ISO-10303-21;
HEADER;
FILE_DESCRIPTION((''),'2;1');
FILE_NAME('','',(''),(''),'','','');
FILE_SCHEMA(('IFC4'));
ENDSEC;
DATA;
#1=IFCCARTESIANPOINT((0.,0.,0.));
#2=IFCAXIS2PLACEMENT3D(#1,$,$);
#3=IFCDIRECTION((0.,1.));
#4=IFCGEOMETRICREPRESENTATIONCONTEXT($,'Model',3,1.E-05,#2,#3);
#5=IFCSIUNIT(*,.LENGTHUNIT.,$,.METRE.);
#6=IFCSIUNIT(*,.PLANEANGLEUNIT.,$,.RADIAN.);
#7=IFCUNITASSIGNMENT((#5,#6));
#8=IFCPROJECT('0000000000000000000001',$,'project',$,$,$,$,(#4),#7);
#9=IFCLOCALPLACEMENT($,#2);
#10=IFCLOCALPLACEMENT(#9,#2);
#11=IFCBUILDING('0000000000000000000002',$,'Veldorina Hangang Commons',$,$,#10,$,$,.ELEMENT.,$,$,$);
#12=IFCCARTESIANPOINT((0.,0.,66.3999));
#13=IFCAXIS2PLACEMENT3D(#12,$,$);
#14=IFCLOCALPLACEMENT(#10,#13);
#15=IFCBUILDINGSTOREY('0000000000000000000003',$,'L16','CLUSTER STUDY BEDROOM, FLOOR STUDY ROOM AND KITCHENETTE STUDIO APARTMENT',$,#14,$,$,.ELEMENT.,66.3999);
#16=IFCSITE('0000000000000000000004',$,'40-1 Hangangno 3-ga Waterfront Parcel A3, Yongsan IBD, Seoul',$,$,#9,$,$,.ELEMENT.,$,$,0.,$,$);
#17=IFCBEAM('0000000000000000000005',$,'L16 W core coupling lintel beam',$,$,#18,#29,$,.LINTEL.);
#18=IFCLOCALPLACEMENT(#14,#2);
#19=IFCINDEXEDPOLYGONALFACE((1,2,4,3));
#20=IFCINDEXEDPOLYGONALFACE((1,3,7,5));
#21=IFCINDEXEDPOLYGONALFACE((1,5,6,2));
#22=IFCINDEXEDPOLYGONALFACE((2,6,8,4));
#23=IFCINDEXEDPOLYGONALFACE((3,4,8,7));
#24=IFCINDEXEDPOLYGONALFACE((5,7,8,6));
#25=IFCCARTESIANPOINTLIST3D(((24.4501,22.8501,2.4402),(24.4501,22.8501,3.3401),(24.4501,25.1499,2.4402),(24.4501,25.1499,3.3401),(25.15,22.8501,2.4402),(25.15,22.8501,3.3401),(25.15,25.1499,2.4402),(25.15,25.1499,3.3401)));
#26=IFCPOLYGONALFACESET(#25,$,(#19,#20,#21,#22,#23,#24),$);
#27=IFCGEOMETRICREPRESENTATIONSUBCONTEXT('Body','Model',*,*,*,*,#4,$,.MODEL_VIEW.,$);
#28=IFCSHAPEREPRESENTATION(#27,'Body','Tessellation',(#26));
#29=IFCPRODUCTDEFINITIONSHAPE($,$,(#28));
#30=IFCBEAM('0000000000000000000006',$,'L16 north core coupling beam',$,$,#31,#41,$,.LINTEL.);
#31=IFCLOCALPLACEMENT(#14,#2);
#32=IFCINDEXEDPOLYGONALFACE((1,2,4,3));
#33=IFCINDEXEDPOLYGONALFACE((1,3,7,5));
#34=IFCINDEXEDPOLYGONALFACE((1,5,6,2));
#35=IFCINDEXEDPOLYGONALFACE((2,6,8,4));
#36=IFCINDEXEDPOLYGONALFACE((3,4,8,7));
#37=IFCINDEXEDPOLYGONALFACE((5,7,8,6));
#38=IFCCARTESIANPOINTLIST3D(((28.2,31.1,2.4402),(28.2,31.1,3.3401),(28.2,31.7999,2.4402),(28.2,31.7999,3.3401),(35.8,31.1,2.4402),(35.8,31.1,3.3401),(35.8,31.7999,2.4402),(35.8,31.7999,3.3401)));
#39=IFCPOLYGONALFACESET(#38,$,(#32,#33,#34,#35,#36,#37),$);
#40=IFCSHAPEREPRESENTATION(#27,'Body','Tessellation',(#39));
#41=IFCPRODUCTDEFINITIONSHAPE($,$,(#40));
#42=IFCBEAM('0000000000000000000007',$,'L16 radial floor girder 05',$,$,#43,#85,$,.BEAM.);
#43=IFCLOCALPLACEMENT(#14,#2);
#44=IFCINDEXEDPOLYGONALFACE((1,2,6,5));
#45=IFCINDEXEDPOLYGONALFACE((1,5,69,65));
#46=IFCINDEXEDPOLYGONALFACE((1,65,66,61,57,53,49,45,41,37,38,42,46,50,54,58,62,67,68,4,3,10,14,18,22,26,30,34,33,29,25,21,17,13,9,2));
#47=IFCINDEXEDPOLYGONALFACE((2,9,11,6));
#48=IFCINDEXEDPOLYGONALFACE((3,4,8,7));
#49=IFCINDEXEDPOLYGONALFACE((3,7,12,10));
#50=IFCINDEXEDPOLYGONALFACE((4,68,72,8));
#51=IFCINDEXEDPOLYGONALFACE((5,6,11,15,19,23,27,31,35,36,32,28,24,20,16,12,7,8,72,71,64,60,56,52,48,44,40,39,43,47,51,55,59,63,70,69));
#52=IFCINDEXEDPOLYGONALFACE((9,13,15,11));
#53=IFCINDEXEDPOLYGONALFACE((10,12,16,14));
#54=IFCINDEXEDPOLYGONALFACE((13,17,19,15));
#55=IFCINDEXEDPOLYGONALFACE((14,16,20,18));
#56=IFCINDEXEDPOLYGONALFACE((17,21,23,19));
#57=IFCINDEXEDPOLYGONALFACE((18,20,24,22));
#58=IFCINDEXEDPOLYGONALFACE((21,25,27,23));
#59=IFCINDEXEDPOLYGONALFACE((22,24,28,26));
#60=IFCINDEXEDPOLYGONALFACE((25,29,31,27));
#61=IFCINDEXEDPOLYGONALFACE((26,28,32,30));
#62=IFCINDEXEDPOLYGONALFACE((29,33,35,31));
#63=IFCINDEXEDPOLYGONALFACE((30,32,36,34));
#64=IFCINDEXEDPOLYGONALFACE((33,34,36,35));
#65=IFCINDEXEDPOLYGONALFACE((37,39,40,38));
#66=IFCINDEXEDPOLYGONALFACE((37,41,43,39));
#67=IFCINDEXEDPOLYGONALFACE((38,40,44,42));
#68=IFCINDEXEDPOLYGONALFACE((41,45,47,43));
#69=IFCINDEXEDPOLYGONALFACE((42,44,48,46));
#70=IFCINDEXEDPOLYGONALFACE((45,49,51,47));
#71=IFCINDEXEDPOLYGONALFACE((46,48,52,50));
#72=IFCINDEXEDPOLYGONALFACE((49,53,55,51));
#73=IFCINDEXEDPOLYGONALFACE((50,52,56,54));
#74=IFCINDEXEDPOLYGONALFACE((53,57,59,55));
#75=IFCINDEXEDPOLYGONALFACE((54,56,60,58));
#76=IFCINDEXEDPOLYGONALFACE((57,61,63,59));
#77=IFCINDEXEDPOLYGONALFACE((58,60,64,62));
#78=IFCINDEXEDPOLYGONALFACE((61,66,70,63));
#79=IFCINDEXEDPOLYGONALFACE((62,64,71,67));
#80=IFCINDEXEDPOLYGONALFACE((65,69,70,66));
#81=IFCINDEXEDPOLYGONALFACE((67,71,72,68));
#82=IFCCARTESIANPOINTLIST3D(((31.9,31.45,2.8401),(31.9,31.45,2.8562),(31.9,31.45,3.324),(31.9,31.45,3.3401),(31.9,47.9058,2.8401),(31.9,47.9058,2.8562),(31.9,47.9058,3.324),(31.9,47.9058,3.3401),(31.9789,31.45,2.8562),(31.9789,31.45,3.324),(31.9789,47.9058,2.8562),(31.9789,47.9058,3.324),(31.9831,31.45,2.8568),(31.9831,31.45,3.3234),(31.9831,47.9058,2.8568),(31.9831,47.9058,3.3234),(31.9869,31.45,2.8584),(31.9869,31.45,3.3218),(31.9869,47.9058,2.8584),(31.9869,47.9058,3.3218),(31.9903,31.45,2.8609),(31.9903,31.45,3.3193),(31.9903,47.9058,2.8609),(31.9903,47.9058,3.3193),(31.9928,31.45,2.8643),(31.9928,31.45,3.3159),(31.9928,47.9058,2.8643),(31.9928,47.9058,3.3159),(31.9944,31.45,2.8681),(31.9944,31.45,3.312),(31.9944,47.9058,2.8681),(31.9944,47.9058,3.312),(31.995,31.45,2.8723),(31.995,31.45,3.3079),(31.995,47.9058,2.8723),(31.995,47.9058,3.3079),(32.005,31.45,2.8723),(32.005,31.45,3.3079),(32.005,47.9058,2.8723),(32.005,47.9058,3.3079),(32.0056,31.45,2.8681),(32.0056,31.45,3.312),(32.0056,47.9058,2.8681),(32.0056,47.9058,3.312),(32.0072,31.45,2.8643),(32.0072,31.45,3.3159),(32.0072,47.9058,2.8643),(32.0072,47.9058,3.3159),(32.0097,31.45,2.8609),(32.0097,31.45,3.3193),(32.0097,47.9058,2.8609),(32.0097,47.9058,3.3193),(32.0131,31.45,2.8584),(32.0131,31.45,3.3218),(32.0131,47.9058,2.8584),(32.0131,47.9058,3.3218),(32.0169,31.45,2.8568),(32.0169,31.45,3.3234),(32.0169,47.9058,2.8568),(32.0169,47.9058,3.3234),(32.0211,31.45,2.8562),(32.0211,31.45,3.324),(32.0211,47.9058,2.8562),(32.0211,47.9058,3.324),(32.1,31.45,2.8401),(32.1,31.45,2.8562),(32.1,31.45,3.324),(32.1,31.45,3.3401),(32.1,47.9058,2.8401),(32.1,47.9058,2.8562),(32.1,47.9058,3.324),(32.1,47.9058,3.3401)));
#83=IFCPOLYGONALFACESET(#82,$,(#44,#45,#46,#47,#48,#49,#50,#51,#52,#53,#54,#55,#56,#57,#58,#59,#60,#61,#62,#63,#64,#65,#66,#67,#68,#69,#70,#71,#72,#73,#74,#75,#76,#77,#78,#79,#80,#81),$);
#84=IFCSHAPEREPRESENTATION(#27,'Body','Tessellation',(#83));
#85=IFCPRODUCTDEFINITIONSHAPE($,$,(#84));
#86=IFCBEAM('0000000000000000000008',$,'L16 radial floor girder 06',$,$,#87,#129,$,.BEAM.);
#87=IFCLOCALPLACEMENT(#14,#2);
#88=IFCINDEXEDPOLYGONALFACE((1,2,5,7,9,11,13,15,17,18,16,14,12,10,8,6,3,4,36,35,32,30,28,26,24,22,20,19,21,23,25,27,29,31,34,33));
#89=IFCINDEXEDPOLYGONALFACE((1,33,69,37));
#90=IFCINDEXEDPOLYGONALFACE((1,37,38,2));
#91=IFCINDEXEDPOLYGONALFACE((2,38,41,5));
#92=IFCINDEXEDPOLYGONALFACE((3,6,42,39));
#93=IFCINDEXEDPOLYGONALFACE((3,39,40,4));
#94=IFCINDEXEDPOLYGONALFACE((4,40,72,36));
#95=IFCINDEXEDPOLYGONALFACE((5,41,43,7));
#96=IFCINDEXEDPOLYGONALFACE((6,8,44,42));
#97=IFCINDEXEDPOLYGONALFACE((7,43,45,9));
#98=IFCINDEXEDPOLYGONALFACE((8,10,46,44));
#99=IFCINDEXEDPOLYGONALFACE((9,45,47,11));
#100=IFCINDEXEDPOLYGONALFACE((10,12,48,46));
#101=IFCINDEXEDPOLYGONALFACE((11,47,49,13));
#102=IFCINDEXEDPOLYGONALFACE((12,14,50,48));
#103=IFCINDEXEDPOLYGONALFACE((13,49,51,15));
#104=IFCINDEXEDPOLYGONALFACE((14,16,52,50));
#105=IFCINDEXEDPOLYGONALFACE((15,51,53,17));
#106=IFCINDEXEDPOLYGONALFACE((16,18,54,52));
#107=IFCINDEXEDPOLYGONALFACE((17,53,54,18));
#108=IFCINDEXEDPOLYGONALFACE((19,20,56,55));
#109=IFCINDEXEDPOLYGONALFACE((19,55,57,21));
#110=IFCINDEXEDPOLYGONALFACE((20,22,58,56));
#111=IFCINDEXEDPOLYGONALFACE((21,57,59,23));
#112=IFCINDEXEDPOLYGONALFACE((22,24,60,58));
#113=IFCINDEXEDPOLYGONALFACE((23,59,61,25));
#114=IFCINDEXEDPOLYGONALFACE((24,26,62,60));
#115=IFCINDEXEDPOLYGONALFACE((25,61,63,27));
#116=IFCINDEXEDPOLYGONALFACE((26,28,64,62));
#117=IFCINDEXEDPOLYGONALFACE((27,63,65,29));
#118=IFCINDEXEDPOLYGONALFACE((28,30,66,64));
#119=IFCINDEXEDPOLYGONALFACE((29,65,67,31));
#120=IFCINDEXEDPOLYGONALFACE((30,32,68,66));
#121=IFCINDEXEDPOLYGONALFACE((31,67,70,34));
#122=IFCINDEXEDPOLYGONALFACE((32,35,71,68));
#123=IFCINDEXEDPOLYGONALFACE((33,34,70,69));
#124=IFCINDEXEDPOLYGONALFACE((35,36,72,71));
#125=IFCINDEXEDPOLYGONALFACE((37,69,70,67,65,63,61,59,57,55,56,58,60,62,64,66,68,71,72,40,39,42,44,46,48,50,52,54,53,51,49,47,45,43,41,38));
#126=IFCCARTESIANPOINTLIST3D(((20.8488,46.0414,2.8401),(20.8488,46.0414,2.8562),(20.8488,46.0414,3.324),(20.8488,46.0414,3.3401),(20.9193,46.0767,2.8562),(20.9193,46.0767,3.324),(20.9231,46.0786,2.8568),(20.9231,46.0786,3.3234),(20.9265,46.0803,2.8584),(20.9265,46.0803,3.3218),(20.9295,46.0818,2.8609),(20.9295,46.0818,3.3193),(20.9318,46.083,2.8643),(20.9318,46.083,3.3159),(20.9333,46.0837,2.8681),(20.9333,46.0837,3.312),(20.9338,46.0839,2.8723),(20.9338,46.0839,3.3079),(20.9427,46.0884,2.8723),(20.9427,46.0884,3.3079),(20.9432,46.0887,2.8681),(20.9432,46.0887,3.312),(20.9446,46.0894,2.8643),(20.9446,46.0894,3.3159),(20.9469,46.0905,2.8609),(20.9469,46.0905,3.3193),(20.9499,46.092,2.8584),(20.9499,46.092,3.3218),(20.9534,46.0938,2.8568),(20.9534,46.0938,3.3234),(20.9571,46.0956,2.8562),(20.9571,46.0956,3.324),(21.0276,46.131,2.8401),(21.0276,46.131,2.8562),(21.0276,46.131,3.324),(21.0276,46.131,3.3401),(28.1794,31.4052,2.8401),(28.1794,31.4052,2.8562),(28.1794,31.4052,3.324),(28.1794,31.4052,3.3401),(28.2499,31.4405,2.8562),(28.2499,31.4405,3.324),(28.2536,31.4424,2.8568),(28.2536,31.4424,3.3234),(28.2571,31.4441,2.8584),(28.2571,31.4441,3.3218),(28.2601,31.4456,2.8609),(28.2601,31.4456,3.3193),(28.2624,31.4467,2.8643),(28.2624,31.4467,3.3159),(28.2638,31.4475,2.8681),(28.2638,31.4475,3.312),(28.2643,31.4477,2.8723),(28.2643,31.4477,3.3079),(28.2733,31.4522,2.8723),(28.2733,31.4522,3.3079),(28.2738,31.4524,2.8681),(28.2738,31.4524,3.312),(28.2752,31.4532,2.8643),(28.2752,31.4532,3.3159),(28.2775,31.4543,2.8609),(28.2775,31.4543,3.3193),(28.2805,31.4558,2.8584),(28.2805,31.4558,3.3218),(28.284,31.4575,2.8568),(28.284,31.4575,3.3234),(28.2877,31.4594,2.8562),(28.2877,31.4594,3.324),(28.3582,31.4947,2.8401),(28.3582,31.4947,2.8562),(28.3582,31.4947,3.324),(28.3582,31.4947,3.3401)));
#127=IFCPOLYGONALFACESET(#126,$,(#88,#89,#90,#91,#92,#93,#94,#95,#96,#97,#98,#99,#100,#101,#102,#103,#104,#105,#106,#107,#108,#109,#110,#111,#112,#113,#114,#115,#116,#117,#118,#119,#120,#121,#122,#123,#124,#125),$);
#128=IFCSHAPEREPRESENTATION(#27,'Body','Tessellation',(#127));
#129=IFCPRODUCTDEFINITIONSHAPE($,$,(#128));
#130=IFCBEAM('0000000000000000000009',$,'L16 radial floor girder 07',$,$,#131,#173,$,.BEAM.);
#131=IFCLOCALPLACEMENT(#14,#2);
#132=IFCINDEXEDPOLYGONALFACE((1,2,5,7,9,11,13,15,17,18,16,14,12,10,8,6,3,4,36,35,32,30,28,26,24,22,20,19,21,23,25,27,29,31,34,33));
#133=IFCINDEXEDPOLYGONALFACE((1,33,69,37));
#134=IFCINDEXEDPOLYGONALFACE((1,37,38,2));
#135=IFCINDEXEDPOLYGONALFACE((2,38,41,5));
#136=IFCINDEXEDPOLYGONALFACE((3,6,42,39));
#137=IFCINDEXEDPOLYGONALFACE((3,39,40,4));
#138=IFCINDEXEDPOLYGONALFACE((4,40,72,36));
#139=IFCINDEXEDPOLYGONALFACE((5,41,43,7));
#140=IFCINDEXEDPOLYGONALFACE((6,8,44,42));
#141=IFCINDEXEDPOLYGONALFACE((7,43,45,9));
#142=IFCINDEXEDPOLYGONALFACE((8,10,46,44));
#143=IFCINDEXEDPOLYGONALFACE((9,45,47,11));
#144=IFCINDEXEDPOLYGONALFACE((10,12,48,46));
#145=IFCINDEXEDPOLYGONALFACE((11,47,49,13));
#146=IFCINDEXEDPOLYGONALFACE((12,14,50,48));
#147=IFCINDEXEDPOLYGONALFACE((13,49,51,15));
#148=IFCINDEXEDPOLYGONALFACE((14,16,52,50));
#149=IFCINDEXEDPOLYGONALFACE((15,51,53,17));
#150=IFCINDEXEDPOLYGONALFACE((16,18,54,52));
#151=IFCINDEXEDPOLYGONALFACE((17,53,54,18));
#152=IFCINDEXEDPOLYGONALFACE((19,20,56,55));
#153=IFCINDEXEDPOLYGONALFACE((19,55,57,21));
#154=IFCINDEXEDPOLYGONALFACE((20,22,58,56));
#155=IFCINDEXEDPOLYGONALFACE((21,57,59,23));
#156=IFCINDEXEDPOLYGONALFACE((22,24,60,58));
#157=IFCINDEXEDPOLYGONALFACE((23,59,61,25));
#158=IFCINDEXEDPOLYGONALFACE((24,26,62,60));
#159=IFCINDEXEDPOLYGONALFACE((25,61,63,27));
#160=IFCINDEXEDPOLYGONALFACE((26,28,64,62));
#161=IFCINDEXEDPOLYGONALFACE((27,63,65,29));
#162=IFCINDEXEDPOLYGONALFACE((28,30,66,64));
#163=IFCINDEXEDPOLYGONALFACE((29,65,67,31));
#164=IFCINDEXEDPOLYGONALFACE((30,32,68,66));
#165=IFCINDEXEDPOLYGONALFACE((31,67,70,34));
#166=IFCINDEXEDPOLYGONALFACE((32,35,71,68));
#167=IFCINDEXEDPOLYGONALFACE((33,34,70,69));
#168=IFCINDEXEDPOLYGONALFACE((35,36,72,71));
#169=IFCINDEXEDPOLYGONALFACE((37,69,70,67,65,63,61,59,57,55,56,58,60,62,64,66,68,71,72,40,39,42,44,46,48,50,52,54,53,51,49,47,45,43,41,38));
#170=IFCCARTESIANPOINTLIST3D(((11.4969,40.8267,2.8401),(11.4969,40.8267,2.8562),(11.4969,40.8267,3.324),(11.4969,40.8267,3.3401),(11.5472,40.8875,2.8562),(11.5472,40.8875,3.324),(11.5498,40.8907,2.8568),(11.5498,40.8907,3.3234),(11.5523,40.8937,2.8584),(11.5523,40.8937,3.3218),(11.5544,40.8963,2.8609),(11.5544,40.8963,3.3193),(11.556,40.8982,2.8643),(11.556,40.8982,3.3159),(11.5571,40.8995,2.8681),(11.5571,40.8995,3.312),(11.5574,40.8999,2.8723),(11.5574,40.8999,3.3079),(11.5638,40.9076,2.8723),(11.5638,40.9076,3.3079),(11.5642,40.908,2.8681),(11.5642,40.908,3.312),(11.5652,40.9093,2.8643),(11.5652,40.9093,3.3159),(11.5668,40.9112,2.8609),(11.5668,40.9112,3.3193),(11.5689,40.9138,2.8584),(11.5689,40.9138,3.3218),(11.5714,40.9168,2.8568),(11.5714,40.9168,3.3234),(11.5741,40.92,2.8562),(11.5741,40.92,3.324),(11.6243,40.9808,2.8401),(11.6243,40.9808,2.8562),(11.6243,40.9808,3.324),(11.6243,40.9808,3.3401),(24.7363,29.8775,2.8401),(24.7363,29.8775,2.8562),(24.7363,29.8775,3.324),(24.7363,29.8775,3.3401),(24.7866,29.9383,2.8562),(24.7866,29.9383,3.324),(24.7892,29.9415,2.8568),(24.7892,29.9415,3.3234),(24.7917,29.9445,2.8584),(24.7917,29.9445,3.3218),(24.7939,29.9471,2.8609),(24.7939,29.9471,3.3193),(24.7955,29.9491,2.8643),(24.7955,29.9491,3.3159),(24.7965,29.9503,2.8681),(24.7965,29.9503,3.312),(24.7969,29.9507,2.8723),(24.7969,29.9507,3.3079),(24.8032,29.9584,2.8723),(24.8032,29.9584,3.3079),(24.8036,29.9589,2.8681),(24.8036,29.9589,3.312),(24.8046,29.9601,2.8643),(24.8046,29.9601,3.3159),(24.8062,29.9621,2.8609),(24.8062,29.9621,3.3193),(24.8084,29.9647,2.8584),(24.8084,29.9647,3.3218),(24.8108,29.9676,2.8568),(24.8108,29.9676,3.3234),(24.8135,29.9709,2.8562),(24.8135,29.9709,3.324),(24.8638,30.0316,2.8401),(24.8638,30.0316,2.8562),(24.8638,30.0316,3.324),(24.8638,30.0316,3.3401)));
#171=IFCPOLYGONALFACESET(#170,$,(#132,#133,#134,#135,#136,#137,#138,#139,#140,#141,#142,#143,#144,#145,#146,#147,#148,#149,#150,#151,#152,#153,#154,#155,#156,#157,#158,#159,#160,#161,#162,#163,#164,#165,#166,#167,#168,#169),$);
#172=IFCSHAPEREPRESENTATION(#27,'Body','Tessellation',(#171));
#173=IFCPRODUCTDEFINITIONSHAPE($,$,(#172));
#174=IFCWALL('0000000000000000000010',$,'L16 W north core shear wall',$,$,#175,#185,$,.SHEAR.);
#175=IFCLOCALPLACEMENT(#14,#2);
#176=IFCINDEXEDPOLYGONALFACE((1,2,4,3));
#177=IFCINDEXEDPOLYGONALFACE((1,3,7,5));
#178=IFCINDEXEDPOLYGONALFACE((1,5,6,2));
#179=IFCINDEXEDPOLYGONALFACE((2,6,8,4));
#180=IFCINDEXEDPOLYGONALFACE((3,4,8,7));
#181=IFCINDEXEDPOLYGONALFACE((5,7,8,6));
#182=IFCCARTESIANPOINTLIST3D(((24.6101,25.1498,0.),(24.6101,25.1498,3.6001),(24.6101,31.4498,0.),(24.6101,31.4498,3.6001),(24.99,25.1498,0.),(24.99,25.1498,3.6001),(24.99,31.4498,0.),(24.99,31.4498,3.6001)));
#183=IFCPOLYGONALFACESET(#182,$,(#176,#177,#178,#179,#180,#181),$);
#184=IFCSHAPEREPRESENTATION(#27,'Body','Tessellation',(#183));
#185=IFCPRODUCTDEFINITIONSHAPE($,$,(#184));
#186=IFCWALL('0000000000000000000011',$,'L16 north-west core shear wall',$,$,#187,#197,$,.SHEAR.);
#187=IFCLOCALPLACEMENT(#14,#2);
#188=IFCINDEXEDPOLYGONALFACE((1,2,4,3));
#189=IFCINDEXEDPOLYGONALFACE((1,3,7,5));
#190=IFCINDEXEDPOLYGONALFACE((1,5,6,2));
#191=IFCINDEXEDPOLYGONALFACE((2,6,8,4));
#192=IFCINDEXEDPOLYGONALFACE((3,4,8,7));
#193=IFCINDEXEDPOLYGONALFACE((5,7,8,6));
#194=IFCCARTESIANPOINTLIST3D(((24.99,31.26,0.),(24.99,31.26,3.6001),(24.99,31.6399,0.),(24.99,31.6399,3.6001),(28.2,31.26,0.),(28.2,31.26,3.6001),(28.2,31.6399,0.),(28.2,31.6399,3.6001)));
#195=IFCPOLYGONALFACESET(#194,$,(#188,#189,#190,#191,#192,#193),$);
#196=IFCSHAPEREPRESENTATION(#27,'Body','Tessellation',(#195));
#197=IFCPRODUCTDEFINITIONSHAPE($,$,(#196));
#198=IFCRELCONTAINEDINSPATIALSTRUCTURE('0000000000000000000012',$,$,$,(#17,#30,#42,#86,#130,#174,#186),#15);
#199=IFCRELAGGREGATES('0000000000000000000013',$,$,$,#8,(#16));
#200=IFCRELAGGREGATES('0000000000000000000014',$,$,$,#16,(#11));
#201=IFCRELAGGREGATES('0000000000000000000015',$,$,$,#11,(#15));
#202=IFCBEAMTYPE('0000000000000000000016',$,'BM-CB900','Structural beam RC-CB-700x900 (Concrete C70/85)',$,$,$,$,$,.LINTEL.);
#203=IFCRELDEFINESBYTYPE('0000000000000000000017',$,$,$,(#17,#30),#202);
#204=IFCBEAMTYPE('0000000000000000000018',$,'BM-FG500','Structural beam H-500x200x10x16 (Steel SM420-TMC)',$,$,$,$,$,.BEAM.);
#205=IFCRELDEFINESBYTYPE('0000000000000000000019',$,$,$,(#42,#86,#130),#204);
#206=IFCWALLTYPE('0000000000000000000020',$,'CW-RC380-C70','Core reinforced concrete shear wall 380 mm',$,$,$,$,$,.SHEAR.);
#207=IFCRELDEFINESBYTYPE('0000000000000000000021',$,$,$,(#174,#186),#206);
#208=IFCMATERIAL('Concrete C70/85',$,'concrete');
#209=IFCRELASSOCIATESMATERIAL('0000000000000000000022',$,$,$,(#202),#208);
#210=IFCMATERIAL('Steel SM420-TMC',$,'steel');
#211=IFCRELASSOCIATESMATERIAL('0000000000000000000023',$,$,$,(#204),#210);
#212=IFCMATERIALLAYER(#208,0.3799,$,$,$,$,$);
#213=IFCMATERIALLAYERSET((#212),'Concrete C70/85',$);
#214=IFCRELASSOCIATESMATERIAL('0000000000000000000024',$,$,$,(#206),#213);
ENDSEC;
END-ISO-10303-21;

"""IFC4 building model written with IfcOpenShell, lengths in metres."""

from ifc_helpers import new_model, si_unit, direction, frame, frame_2d, origin, origin_2d, place, context, subcontext, project, spatial, rectangle, i_section, extrude, material, layer, layer_set, material_profile, profile_set, type_object, element, save


model = new_model("IFC4")

# Units and contexts
model_context = context("Model", 3, precision=1e-05, world=origin(), true_north=direction((0.0, 1.0)))
body_context = subcontext(model_context, "Body", "Model", "MODEL_VIEW")
ifc_project = project(units=[si_unit("LENGTHUNIT", "METRE"), si_unit("PLANEANGLEUNIT", "RADIAN")], contexts=[model_context])

# Site, building, storey
site_placement = place(None, origin())
site = spatial("IfcSite", under=ifc_project, at=site_placement, Name="40-1 Hangangno 3-ga Waterfront Parcel A3, Yongsan IBD, Seoul", CompositionType="ELEMENT", RefElevation=0.0)
building_placement = place(site_placement, origin())
building = spatial("IfcBuilding", under=site, at=building_placement, Name="Veldorina Hangang Commons", CompositionType="ELEMENT")
storey_placement = place(building_placement, frame((0.0, 0.0, 66.3999)))
storey = spatial("IfcBuildingStorey", under=building, at=storey_placement, Name="L16", Description="CLUSTER STUDY BEDROOM, FLOOR STUDY ROOM AND KITCHENETTE STUDIO APARTMENT", CompositionType="ELEMENT", Elevation=66.3999)

# Beams
ifc_material_1 = material(Name="Concrete C70/85", Category="concrete")
ifc_material_profile_1 = material_profile(ifc_material_1, rectangle(XDim=0.7, YDim=0.8999, at=origin_2d()), Name="RC-CB-700x900")
ifc_profile_set_1 = profile_set([ifc_material_profile_1], Name="Concrete C70/85")
beam_type_1 = type_object("IfcBeamType", Name="BM-CB900", Description="Structural beam RC-CB-700x900 (Concrete C70/85)", PredefinedType="LINTEL", material=ifc_profile_set_1)
beam_1_placement = place(storey_placement, frame((24.8, 22.8501, 2.8901), z_axis=(0.0, 1.0, 0.0), x_axis=(-1.0, 0.0, 0.0)))
element("IfcBeam", 1, at=beam_1_placement, inside=storey, type_object=beam_type_1, Name="L16 W core coupling lintel beam", PredefinedType="LINTEL", context=body_context, shape_type="SweptSolid", body=[
    extrude(rectangle(XDim=0.7, YDim=0.8999, at=origin_2d()), origin(), (0.0, 0.0, 1.0), 2.2998),
])
beam_2_placement = place(storey_placement, frame((28.2, 31.45, 2.8901), z_axis=(1.0, 0.0, 0.0), x_axis=(0.0, 1.0, 0.0)))
element("IfcBeam", 2, at=beam_2_placement, inside=storey, type_object=beam_type_1, Name="L16 north core coupling beam", PredefinedType="LINTEL", context=body_context, shape_type="SweptSolid", body=[
    extrude(rectangle(XDim=0.7, YDim=0.8999, at=origin_2d()), origin(), (0.0, 0.0, 1.0), 7.6001),
])
ifc_material_2 = material(Name="Steel SM420-TMC", Category="steel")
ifc_material_profile_2 = material_profile(ifc_material_2, i_section(OverallWidth=0.2, OverallDepth=0.5, WebThickness=0.01, FlangeThickness=0.0161, FilletRadius=0.0161, at=origin_2d()), Name="H-500x200x10x16")
ifc_profile_set_2 = profile_set([ifc_material_profile_2], Name="Steel SM420-TMC")
beam_type_2 = type_object("IfcBeamType", Name="BM-FG500", Description="Structural beam H-500x200x10x16 (Steel SM420-TMC)", PredefinedType="BEAM", material=ifc_profile_set_2)
beam_3_placement = place(storey_placement, frame((32.0, 31.45, 3.0901), z_axis=(0.0, 1.0, 0.0), x_axis=(-1.0, 0.0, 0.0)))
element("IfcBeam", 3, at=beam_3_placement, inside=storey, type_object=beam_type_2, Name="L16 radial floor girder 05", PredefinedType="BEAM", context=body_context, shape_type="SweptSolid", body=[
    extrude(i_section(OverallWidth=0.2, OverallDepth=0.5, WebThickness=0.01, FlangeThickness=0.0161, FilletRadius=0.0161, at=origin_2d()), origin(), (0.0, 0.0, 1.0), 16.4558),
])
beam_4_placement = place(storey_placement, frame((28.2688, 31.45, 3.0901), z_axis=(-0.447822, 0.894123, 0.0), x_axis=(-0.894123, -0.447822, 0.0)))
element("IfcBeam", 4, at=beam_4_placement, inside=storey, type_object=beam_type_2, Name="L16 radial floor girder 06", PredefinedType="BEAM", context=body_context, shape_type="SweptSolid", body=[
    extrude(i_section(OverallWidth=0.2, OverallDepth=0.5, WebThickness=0.01, FlangeThickness=0.0161, FilletRadius=0.0161, at=origin_2d()), origin(), (0.0, 0.0, 1.0), 16.3694),
])
beam_5_placement = place(storey_placement, frame((24.8, 29.9546, 3.0901), z_axis=(-0.770612, 0.637305, 0.0), x_axis=(-0.637305, -0.770612, 0.0)))
element("IfcBeam", 5, at=beam_5_placement, inside=storey, type_object=beam_type_2, Name="L16 radial floor girder 07", PredefinedType="BEAM", context=body_context, shape_type="SweptSolid", body=[
    extrude(i_section(OverallWidth=0.2, OverallDepth=0.5, WebThickness=0.01, FlangeThickness=0.0161, FilletRadius=0.0161, at=origin_2d()), origin(), (0.0, 0.0, 1.0), 17.1804),
])

# Walls
ifc_layer_1 = layer(ifc_material_1, 0.3799)
ifc_layer_set_1 = layer_set([ifc_layer_1], Name="Concrete C70/85")
wall_type_1 = type_object("IfcWallType", Name="CW-RC380-C70", Description="Core reinforced concrete shear wall 380 mm", PredefinedType="SHEAR", material=ifc_layer_set_1)
wall_1_placement = place(storey_placement, frame((24.8, 25.1499, 0.0), z_axis=(0.0, 0.0, 1.0), x_axis=(0.0, 1.0, 0.0)))
element("IfcWall", 6, at=wall_1_placement, inside=storey, type_object=wall_type_1, Name="L16 W north core shear wall", PredefinedType="SHEAR", context=body_context, shape_type="SweptSolid", body=[
    extrude(rectangle(XDim=6.3, YDim=0.3799, at=frame_2d((3.1499, 0.0))), origin(), (0.0, 0.0, 1.0), 3.6001),
])
wall_2_placement = place(storey_placement, frame((24.99, 31.45, 0.0), z_axis=(0.0, 0.0, 1.0), x_axis=(1.0, 0.0, 0.0)))
element("IfcWall", 7, at=wall_2_placement, inside=storey, type_object=wall_type_1, Name="L16 north-west core shear wall", PredefinedType="SHEAR", context=body_context, shape_type="SweptSolid", body=[
    extrude(rectangle(XDim=3.21, YDim=0.3799, at=frame_2d((1.605, 0.0))), origin(), (0.0, 0.0, 1.0), 3.6001),
])

save(model, "model.ifc")
